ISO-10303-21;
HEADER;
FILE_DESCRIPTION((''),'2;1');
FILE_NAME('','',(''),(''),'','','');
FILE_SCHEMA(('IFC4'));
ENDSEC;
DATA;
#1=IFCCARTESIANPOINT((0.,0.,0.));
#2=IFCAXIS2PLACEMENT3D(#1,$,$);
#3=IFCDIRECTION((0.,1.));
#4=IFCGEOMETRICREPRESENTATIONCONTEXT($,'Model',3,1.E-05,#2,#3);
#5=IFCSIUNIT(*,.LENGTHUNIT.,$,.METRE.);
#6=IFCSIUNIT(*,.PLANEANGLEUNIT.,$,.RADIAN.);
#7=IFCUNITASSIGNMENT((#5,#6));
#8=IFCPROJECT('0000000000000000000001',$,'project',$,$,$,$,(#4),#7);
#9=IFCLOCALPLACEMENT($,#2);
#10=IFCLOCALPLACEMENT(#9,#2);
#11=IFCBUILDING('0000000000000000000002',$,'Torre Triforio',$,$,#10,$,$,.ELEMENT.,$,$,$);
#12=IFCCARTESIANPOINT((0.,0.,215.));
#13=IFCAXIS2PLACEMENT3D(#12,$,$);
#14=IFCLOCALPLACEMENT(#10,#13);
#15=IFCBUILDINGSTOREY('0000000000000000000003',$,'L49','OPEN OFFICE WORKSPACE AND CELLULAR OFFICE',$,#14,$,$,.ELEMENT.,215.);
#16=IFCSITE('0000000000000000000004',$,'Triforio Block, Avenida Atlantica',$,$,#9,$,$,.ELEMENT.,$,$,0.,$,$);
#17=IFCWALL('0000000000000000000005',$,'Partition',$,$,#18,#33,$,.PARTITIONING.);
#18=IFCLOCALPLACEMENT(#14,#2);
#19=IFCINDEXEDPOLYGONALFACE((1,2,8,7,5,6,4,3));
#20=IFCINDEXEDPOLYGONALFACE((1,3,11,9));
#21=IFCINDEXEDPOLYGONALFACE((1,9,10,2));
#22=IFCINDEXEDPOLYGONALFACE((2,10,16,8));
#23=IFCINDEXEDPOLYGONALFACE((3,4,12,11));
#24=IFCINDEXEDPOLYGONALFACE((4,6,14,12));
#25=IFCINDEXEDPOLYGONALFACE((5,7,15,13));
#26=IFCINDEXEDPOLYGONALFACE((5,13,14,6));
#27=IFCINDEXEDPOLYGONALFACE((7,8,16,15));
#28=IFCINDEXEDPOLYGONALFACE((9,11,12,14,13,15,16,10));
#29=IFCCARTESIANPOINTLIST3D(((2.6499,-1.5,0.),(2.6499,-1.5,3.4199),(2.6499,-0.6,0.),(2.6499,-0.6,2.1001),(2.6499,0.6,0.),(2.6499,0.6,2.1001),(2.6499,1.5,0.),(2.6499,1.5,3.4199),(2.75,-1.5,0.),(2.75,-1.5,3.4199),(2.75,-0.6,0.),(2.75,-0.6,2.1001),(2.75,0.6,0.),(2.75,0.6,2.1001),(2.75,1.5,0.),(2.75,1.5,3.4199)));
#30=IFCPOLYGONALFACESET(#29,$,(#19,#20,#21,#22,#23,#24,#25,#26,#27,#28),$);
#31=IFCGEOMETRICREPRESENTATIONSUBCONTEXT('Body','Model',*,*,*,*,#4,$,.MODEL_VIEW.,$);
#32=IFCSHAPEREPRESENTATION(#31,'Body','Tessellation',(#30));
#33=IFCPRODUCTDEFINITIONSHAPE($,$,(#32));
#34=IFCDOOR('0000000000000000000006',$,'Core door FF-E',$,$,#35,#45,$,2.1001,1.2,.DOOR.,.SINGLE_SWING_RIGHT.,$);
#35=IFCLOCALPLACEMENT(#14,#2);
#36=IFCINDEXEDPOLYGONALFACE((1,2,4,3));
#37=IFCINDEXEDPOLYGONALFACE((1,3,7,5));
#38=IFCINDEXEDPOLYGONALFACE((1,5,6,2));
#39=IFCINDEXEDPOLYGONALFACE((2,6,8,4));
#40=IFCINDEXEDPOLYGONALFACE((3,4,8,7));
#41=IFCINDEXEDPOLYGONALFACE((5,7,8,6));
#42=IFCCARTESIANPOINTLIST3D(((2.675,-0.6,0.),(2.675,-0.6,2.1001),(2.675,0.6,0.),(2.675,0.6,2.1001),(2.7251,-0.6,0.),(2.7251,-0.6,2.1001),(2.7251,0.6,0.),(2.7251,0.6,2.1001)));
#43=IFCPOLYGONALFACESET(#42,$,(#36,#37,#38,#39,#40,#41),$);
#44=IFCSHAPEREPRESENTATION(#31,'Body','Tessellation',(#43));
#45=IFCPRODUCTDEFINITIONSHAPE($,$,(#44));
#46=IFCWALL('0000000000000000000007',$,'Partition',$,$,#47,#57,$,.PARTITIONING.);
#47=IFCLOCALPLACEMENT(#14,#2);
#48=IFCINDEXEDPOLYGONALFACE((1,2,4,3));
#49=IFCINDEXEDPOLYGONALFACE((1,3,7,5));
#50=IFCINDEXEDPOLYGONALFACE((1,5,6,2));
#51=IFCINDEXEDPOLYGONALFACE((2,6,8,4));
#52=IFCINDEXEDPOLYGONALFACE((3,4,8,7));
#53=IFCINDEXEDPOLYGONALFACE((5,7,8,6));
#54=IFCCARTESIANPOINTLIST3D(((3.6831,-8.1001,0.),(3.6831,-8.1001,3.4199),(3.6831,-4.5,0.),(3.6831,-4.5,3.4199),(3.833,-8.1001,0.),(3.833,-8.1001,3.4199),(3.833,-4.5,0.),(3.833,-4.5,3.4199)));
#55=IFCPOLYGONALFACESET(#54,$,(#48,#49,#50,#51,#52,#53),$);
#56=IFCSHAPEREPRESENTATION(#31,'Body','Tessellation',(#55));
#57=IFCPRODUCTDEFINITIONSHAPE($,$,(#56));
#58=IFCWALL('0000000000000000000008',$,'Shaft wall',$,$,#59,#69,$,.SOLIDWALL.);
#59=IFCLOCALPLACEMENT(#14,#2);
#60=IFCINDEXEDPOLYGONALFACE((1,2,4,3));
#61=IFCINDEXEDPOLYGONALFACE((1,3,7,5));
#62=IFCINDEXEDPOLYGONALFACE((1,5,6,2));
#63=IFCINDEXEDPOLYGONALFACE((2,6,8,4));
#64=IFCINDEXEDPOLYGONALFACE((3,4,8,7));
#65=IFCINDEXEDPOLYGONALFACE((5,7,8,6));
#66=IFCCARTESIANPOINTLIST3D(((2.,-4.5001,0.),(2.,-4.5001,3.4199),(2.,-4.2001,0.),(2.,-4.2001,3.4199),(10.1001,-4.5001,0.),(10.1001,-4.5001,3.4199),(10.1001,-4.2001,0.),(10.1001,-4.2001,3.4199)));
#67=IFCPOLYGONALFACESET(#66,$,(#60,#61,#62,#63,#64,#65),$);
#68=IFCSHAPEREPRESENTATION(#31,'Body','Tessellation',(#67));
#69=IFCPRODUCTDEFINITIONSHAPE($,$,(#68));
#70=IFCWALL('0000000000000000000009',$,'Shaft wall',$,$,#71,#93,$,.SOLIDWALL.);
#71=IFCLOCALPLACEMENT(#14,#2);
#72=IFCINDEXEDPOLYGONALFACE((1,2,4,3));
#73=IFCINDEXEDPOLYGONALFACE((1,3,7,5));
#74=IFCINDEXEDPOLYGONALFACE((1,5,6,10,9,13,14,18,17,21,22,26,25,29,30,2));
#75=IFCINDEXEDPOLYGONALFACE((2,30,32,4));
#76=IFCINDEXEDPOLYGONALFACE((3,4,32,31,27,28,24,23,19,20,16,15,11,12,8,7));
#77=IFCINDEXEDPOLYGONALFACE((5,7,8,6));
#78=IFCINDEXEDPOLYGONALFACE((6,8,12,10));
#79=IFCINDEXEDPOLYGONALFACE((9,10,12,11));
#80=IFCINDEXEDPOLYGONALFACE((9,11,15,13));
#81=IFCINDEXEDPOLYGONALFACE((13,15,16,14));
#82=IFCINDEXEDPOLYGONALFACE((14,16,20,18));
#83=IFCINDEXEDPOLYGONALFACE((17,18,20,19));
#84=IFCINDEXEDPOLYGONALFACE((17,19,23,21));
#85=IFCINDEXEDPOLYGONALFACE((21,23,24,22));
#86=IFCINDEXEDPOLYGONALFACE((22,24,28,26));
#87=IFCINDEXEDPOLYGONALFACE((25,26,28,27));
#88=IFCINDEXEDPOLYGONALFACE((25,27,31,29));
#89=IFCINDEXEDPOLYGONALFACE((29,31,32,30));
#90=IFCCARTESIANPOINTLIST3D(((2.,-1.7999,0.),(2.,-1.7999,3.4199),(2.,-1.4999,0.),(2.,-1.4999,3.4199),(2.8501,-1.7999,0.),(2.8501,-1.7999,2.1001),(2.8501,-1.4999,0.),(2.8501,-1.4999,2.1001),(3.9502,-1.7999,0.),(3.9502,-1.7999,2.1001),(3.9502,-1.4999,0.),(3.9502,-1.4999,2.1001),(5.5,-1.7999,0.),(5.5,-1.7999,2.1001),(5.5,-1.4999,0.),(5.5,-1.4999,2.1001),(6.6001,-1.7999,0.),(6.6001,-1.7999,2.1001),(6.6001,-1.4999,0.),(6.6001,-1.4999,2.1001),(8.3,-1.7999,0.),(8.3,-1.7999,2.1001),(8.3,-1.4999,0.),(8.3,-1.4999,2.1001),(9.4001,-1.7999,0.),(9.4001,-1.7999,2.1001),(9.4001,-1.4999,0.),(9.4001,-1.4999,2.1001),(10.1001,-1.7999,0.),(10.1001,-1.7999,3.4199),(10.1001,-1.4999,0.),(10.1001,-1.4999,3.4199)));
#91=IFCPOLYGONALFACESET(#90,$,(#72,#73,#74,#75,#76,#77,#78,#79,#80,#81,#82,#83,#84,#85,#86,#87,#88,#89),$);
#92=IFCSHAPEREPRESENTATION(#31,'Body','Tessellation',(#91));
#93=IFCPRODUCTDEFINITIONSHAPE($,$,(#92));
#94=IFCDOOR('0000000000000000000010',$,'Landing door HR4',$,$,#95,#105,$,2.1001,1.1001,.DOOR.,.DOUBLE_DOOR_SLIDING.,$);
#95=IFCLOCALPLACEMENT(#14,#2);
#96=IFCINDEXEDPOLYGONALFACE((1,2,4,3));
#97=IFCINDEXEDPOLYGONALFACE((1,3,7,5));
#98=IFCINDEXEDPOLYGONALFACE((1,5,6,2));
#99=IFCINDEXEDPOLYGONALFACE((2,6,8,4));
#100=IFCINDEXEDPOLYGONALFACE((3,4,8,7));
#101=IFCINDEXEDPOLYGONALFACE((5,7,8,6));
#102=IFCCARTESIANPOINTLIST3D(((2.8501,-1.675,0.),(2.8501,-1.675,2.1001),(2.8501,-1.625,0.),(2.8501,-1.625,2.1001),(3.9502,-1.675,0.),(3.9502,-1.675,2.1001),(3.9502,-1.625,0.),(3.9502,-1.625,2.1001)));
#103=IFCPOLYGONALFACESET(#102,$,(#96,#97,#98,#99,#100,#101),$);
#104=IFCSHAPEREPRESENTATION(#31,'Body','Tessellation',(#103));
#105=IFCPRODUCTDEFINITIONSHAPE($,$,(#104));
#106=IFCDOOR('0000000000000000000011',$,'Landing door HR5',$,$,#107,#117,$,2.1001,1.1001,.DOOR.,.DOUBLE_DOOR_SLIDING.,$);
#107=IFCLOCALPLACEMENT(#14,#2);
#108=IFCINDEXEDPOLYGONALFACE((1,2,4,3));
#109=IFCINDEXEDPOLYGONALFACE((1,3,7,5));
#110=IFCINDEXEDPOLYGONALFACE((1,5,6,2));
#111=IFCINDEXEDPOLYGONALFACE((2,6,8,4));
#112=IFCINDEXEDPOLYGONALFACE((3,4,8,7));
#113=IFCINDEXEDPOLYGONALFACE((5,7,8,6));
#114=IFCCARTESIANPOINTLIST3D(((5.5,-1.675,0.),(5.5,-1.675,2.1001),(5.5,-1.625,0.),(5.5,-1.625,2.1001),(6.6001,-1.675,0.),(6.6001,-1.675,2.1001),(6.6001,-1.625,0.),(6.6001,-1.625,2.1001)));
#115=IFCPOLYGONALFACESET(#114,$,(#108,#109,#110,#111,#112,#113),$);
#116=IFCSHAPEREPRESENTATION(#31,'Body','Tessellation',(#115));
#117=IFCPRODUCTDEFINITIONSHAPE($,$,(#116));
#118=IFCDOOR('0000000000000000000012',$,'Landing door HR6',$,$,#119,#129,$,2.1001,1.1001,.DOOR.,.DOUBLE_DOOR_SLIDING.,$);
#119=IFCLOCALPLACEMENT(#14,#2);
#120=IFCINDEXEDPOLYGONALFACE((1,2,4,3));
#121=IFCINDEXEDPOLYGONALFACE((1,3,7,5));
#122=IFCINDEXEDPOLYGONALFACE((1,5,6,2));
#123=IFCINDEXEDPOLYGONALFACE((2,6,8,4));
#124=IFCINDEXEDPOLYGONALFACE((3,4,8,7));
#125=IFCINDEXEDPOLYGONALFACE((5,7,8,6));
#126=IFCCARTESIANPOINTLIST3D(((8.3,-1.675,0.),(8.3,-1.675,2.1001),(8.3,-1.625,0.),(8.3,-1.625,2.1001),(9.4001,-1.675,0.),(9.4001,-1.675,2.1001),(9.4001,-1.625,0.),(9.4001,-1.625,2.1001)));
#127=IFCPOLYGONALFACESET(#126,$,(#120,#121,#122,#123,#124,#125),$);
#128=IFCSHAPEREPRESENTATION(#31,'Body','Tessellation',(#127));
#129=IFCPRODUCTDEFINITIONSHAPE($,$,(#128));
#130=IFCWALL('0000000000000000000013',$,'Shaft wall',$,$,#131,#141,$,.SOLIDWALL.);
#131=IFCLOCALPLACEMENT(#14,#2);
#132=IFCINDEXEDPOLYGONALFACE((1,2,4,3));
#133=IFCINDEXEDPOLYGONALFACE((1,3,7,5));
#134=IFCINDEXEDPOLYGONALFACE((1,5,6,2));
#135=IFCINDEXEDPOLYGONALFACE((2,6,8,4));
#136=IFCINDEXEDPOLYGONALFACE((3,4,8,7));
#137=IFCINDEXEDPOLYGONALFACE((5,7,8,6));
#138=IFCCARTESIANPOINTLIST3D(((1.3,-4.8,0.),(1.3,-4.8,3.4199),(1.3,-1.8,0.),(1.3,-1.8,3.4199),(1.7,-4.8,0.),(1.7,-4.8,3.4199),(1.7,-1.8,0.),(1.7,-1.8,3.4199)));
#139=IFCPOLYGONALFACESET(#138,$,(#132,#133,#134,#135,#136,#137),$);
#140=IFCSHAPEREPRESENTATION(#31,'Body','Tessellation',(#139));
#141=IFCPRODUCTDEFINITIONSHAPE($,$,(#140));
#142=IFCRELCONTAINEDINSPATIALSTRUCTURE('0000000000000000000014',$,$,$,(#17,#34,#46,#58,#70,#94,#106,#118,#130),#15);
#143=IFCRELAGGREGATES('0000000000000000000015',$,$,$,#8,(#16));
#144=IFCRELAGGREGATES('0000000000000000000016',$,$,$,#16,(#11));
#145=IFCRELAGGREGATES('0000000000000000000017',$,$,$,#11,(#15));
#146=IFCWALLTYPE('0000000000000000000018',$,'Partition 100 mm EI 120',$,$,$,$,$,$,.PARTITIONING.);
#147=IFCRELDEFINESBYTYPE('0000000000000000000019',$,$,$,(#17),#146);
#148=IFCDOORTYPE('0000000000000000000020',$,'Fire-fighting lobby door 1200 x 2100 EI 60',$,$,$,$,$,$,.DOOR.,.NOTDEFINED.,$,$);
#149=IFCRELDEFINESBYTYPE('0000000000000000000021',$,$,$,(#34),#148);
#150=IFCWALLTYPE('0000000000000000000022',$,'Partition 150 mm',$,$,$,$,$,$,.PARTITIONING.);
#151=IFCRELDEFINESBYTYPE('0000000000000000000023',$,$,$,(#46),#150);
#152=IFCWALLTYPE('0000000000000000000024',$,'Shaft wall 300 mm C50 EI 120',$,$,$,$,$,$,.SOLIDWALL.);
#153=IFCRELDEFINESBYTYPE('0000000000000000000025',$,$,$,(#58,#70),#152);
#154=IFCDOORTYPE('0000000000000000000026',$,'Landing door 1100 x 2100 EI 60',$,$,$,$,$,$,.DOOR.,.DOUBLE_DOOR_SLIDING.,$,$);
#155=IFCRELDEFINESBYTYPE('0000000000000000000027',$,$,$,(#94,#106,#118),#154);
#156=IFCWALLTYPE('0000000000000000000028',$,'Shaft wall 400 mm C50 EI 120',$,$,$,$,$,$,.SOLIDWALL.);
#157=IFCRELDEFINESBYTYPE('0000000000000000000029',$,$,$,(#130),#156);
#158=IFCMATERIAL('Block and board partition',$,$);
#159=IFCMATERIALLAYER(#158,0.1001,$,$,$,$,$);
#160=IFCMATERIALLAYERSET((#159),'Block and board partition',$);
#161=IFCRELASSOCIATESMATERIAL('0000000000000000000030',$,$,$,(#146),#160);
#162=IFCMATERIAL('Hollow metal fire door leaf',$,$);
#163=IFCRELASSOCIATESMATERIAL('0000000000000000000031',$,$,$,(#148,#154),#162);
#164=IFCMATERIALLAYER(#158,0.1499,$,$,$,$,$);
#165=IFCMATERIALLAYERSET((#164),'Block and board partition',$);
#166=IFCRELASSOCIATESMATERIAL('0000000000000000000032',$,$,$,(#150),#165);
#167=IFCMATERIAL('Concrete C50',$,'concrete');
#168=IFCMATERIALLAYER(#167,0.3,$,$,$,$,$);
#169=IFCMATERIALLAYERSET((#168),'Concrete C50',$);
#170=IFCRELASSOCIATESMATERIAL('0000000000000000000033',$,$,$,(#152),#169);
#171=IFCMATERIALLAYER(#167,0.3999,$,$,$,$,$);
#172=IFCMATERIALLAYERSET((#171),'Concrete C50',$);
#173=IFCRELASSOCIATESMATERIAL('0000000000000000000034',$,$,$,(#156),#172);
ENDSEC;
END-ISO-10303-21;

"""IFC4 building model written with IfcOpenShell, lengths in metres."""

from ifc_helpers import new_model, si_unit, direction, frame, frame_2d, origin, place, context, subcontext, project, spatial, rectangle, extrude, material, layer, layer_set, type_object, element, fill, save


model = new_model("IFC4")

# Units and contexts
model_context = context("Model", 3, precision=1e-05, world=origin(), true_north=direction((0.0, 1.0)))
body_context = subcontext(model_context, "Body", "Model", "MODEL_VIEW")
ifc_project = project(units=[si_unit("LENGTHUNIT", "METRE"), si_unit("PLANEANGLEUNIT", "RADIAN")], contexts=[model_context])

# Site, building, storey
site_placement = place(None, origin())
site = spatial("IfcSite", under=ifc_project, at=site_placement, Name="Triforio Block, Avenida Atlantica", CompositionType="ELEMENT", RefElevation=0.0)
building_placement = place(site_placement, origin())
building = spatial("IfcBuilding", under=site, at=building_placement, Name="Torre Triforio", CompositionType="ELEMENT")
storey_placement = place(building_placement, frame((0.0, 0.0, 215.0)))
storey = spatial("IfcBuildingStorey", under=building, at=storey_placement, Name="L49", Description="OPEN OFFICE WORKSPACE AND CELLULAR OFFICE", CompositionType="ELEMENT", Elevation=215.0)

# Shared definitions
ifc_material_1 = material(Name="Concrete C50", Category="concrete")

# Wall, opening, door
ifc_material_2 = material(Name="Block and board partition")
ifc_layer_1 = layer(ifc_material_2, 0.1001)
ifc_layer_set_1 = layer_set([ifc_layer_1], Name="Block and board partition")
wall_type_1 = type_object("IfcWallType", Name="Partition 100 mm EI 120", PredefinedType="PARTITIONING", material=ifc_layer_set_1)
wall_1_placement = place(storey_placement, frame((2.7, -1.5, 0.0), z_axis=(0.0, 0.0, 1.0), x_axis=(0.0, 1.0, 0.0)))
wall_1 = element("IfcWall", 1, at=wall_1_placement, inside=storey, type_object=wall_type_1, Name="Partition", PredefinedType="PARTITIONING", context=body_context, shape_type="SweptSolid", body=[
    extrude(rectangle(XDim=3.0, YDim=0.1001, at=frame_2d((1.5, 0.0))), origin(), (0.0, 0.0, 1.0), 3.4199),
])
opening_1_placement = place(wall_1_placement, frame((0.8999, 0.0, 0.0)))
opening_1 = element("IfcOpeningElement", 2, at=opening_1_placement, cuts=wall_1, PredefinedType="OPENING", context=body_context, shape_type="SweptSolid", body=[
    extrude(rectangle(XDim=1.2, YDim=2.1001, at=frame_2d((0.6001, 1.05))), frame((0.0, 0.0601, 0.0), z_axis=(0.0, -1.0, 0.0), x_axis=(1.0, 0.0, 0.0)), (0.0, 0.0, 1.0), 0.1201),
])
ifc_material_3 = material(Name="Hollow metal fire door leaf")
door_type_1 = type_object("IfcDoorType", Name="Fire-fighting lobby door 1200 x 2100 EI 60", OperationType="NOTDEFINED", PredefinedType="DOOR", material=ifc_material_3)
door_1_placement = place(opening_1_placement, origin())
door_1 = element("IfcDoor", 3, at=door_1_placement, inside=storey, type_object=door_type_1, Name="Core door FF-E", OperationType="SINGLE_SWING_RIGHT", OverallHeight=2.1001, OverallWidth=1.2, PredefinedType="DOOR", context=body_context, shape_type="SweptSolid", body=[
    extrude(rectangle(XDim=1.2, YDim=2.1001, at=frame_2d((0.6001, 1.05))), frame((0.0, 0.0249, 0.0), z_axis=(0.0, -1.0, 0.0), x_axis=(1.0, 0.0, 0.0)), (0.0, 0.0, 1.0), 0.05),
])
fill(opening_1, door_1)

# Walls
ifc_layer_2 = layer(ifc_material_2, 0.1499)
ifc_layer_set_2 = layer_set([ifc_layer_2], Name="Block and board partition")
wall_type_2 = type_object("IfcWallType", Name="Partition 150 mm", PredefinedType="PARTITIONING", material=ifc_layer_set_2)
wall_2_placement = place(storey_placement, frame((3.7581, -8.1001, 0.0), z_axis=(0.0, 0.0, 1.0), x_axis=(0.0, 1.0, 0.0)))
element("IfcWall", 4, at=wall_2_placement, inside=storey, type_object=wall_type_2, Name="Partition", PredefinedType="PARTITIONING", context=body_context, shape_type="SweptSolid", body=[
    extrude(rectangle(XDim=3.6001, YDim=0.1499, at=frame_2d((1.8, 0.0))), origin(), (0.0, 0.0, 1.0), 3.4199),
])
ifc_layer_3 = layer(ifc_material_1, 0.3)
ifc_layer_set_3 = layer_set([ifc_layer_3], Name="Concrete C50")
wall_type_3 = type_object("IfcWallType", Name="Shaft wall 300 mm C50 EI 120", PredefinedType="SOLIDWALL", material=ifc_layer_set_3)
wall_3_placement = place(storey_placement, frame((2.0, -4.3501, 0.0), z_axis=(0.0, 0.0, 1.0), x_axis=(1.0, 0.0, 0.0)))
element("IfcWall", 5, at=wall_3_placement, inside=storey, type_object=wall_type_3, Name="Shaft wall", PredefinedType="SOLIDWALL", context=body_context, shape_type="SweptSolid", body=[
    extrude(rectangle(XDim=8.1001, YDim=0.3, at=frame_2d((4.05, 0.0))), origin(), (0.0, 0.0, 1.0), 3.4199),
])

# Wall, openings, doors
wall_4_placement = place(storey_placement, frame((2.0, -1.6499, 0.0), z_axis=(0.0, 0.0, 1.0), x_axis=(1.0, 0.0, 0.0)))
wall_4 = element("IfcWall", 6, at=wall_4_placement, inside=storey, type_object=wall_type_3, Name="Shaft wall", PredefinedType="SOLIDWALL", context=body_context, shape_type="SweptSolid", body=[
    extrude(rectangle(XDim=8.1001, YDim=0.3, at=frame_2d((4.05, 0.0))), origin(), (0.0, 0.0, 1.0), 3.4199),
])
opening_2_placement = place(wall_4_placement, frame((0.8501, 0.0, 0.0)))
opening_2 = element("IfcOpeningElement", 7, at=opening_2_placement, cuts=wall_4, PredefinedType="OPENING", context=body_context, shape_type="SweptSolid", body=[
    extrude(rectangle(XDim=1.1001, YDim=2.1001, at=frame_2d((0.55, 1.05))), frame((0.0, 0.1599, 0.0), z_axis=(0.0, -1.0, 0.0), x_axis=(1.0, 0.0, 0.0)), (0.0, 0.0, 1.0), 0.3201),
])
opening_3_placement = place(wall_4_placement, frame((3.5, 0.0, 0.0)))
opening_3 = element("IfcOpeningElement", 8, at=opening_3_placement, cuts=wall_4, PredefinedType="OPENING", context=body_context, shape_type="SweptSolid", body=[
    extrude(rectangle(XDim=1.1001, YDim=2.1001, at=frame_2d((0.55, 1.05))), frame((0.0, 0.1599, 0.0), z_axis=(0.0, -1.0, 0.0), x_axis=(1.0, 0.0, 0.0)), (0.0, 0.0, 1.0), 0.3201),
])
opening_4_placement = place(wall_4_placement, frame((6.3, 0.0, 0.0)))
opening_4 = element("IfcOpeningElement", 9, at=opening_4_placement, cuts=wall_4, PredefinedType="OPENING", context=body_context, shape_type="SweptSolid", body=[
    extrude(rectangle(XDim=1.1001, YDim=2.1001, at=frame_2d((0.55, 1.05))), frame((0.0, 0.1599, 0.0), z_axis=(0.0, -1.0, 0.0), x_axis=(1.0, 0.0, 0.0)), (0.0, 0.0, 1.0), 0.3201),
])
door_type_2 = type_object("IfcDoorType", Name="Landing door 1100 x 2100 EI 60", OperationType="DOUBLE_DOOR_SLIDING", PredefinedType="DOOR", material=ifc_material_3)
door_2_placement = place(opening_2_placement, origin())
door_2 = element("IfcDoor", 10, at=door_2_placement, inside=storey, type_object=door_type_2, Name="Landing door HR4", OperationType="DOUBLE_DOOR_SLIDING", OverallHeight=2.1001, OverallWidth=1.1001, PredefinedType="DOOR", context=body_context, shape_type="SweptSolid", body=[
    extrude(rectangle(XDim=1.1001, YDim=2.1001, at=frame_2d((0.55, 1.05))), frame((0.0, 0.0249, 0.0), z_axis=(0.0, -1.0, 0.0), x_axis=(1.0, 0.0, 0.0)), (0.0, 0.0, 1.0), 0.05),
])
fill(opening_2, door_2)
door_3_placement = place(opening_3_placement, origin())
door_3 = element("IfcDoor", 11, at=door_3_placement, inside=storey, type_object=door_type_2, Name="Landing door HR5", OperationType="DOUBLE_DOOR_SLIDING", OverallHeight=2.1001, OverallWidth=1.1001, PredefinedType="DOOR", context=body_context, shape_type="SweptSolid", body=[
    extrude(rectangle(XDim=1.1001, YDim=2.1001, at=frame_2d((0.55, 1.05))), frame((0.0, 0.0249, 0.0), z_axis=(0.0, -1.0, 0.0), x_axis=(1.0, 0.0, 0.0)), (0.0, 0.0, 1.0), 0.05),
])
fill(opening_3, door_3)
door_4_placement = place(opening_4_placement, origin())
door_4 = element("IfcDoor", 12, at=door_4_placement, inside=storey, type_object=door_type_2, Name="Landing door HR6", OperationType="DOUBLE_DOOR_SLIDING", OverallHeight=2.1001, OverallWidth=1.1001, PredefinedType="DOOR", context=body_context, shape_type="SweptSolid", body=[
    extrude(rectangle(XDim=1.1001, YDim=2.1001, at=frame_2d((0.55, 1.05))), frame((0.0, 0.0249, 0.0), z_axis=(0.0, -1.0, 0.0), x_axis=(1.0, 0.0, 0.0)), (0.0, 0.0, 1.0), 0.05),
])
fill(opening_4, door_4)

# Wall
ifc_layer_4 = layer(ifc_material_1, 0.3999)
ifc_layer_set_4 = layer_set([ifc_layer_4], Name="Concrete C50")
wall_type_4 = type_object("IfcWallType", Name="Shaft wall 400 mm C50 EI 120", PredefinedType="SOLIDWALL", material=ifc_layer_set_4)
wall_5_placement = place(storey_placement, frame((1.5, -4.8, 0.0), z_axis=(0.0, 0.0, 1.0), x_axis=(0.0, 1.0, 0.0)))
element("IfcWall", 13, at=wall_5_placement, inside=storey, type_object=wall_type_4, Name="Shaft wall", PredefinedType="SOLIDWALL", context=body_context, shape_type="SweptSolid", body=[
    extrude(rectangle(XDim=3.0, YDim=0.3999, at=frame_2d((1.5, 0.0))), origin(), (0.0, 0.0, 1.0), 3.4199),
])

save(model, "model.ifc")
